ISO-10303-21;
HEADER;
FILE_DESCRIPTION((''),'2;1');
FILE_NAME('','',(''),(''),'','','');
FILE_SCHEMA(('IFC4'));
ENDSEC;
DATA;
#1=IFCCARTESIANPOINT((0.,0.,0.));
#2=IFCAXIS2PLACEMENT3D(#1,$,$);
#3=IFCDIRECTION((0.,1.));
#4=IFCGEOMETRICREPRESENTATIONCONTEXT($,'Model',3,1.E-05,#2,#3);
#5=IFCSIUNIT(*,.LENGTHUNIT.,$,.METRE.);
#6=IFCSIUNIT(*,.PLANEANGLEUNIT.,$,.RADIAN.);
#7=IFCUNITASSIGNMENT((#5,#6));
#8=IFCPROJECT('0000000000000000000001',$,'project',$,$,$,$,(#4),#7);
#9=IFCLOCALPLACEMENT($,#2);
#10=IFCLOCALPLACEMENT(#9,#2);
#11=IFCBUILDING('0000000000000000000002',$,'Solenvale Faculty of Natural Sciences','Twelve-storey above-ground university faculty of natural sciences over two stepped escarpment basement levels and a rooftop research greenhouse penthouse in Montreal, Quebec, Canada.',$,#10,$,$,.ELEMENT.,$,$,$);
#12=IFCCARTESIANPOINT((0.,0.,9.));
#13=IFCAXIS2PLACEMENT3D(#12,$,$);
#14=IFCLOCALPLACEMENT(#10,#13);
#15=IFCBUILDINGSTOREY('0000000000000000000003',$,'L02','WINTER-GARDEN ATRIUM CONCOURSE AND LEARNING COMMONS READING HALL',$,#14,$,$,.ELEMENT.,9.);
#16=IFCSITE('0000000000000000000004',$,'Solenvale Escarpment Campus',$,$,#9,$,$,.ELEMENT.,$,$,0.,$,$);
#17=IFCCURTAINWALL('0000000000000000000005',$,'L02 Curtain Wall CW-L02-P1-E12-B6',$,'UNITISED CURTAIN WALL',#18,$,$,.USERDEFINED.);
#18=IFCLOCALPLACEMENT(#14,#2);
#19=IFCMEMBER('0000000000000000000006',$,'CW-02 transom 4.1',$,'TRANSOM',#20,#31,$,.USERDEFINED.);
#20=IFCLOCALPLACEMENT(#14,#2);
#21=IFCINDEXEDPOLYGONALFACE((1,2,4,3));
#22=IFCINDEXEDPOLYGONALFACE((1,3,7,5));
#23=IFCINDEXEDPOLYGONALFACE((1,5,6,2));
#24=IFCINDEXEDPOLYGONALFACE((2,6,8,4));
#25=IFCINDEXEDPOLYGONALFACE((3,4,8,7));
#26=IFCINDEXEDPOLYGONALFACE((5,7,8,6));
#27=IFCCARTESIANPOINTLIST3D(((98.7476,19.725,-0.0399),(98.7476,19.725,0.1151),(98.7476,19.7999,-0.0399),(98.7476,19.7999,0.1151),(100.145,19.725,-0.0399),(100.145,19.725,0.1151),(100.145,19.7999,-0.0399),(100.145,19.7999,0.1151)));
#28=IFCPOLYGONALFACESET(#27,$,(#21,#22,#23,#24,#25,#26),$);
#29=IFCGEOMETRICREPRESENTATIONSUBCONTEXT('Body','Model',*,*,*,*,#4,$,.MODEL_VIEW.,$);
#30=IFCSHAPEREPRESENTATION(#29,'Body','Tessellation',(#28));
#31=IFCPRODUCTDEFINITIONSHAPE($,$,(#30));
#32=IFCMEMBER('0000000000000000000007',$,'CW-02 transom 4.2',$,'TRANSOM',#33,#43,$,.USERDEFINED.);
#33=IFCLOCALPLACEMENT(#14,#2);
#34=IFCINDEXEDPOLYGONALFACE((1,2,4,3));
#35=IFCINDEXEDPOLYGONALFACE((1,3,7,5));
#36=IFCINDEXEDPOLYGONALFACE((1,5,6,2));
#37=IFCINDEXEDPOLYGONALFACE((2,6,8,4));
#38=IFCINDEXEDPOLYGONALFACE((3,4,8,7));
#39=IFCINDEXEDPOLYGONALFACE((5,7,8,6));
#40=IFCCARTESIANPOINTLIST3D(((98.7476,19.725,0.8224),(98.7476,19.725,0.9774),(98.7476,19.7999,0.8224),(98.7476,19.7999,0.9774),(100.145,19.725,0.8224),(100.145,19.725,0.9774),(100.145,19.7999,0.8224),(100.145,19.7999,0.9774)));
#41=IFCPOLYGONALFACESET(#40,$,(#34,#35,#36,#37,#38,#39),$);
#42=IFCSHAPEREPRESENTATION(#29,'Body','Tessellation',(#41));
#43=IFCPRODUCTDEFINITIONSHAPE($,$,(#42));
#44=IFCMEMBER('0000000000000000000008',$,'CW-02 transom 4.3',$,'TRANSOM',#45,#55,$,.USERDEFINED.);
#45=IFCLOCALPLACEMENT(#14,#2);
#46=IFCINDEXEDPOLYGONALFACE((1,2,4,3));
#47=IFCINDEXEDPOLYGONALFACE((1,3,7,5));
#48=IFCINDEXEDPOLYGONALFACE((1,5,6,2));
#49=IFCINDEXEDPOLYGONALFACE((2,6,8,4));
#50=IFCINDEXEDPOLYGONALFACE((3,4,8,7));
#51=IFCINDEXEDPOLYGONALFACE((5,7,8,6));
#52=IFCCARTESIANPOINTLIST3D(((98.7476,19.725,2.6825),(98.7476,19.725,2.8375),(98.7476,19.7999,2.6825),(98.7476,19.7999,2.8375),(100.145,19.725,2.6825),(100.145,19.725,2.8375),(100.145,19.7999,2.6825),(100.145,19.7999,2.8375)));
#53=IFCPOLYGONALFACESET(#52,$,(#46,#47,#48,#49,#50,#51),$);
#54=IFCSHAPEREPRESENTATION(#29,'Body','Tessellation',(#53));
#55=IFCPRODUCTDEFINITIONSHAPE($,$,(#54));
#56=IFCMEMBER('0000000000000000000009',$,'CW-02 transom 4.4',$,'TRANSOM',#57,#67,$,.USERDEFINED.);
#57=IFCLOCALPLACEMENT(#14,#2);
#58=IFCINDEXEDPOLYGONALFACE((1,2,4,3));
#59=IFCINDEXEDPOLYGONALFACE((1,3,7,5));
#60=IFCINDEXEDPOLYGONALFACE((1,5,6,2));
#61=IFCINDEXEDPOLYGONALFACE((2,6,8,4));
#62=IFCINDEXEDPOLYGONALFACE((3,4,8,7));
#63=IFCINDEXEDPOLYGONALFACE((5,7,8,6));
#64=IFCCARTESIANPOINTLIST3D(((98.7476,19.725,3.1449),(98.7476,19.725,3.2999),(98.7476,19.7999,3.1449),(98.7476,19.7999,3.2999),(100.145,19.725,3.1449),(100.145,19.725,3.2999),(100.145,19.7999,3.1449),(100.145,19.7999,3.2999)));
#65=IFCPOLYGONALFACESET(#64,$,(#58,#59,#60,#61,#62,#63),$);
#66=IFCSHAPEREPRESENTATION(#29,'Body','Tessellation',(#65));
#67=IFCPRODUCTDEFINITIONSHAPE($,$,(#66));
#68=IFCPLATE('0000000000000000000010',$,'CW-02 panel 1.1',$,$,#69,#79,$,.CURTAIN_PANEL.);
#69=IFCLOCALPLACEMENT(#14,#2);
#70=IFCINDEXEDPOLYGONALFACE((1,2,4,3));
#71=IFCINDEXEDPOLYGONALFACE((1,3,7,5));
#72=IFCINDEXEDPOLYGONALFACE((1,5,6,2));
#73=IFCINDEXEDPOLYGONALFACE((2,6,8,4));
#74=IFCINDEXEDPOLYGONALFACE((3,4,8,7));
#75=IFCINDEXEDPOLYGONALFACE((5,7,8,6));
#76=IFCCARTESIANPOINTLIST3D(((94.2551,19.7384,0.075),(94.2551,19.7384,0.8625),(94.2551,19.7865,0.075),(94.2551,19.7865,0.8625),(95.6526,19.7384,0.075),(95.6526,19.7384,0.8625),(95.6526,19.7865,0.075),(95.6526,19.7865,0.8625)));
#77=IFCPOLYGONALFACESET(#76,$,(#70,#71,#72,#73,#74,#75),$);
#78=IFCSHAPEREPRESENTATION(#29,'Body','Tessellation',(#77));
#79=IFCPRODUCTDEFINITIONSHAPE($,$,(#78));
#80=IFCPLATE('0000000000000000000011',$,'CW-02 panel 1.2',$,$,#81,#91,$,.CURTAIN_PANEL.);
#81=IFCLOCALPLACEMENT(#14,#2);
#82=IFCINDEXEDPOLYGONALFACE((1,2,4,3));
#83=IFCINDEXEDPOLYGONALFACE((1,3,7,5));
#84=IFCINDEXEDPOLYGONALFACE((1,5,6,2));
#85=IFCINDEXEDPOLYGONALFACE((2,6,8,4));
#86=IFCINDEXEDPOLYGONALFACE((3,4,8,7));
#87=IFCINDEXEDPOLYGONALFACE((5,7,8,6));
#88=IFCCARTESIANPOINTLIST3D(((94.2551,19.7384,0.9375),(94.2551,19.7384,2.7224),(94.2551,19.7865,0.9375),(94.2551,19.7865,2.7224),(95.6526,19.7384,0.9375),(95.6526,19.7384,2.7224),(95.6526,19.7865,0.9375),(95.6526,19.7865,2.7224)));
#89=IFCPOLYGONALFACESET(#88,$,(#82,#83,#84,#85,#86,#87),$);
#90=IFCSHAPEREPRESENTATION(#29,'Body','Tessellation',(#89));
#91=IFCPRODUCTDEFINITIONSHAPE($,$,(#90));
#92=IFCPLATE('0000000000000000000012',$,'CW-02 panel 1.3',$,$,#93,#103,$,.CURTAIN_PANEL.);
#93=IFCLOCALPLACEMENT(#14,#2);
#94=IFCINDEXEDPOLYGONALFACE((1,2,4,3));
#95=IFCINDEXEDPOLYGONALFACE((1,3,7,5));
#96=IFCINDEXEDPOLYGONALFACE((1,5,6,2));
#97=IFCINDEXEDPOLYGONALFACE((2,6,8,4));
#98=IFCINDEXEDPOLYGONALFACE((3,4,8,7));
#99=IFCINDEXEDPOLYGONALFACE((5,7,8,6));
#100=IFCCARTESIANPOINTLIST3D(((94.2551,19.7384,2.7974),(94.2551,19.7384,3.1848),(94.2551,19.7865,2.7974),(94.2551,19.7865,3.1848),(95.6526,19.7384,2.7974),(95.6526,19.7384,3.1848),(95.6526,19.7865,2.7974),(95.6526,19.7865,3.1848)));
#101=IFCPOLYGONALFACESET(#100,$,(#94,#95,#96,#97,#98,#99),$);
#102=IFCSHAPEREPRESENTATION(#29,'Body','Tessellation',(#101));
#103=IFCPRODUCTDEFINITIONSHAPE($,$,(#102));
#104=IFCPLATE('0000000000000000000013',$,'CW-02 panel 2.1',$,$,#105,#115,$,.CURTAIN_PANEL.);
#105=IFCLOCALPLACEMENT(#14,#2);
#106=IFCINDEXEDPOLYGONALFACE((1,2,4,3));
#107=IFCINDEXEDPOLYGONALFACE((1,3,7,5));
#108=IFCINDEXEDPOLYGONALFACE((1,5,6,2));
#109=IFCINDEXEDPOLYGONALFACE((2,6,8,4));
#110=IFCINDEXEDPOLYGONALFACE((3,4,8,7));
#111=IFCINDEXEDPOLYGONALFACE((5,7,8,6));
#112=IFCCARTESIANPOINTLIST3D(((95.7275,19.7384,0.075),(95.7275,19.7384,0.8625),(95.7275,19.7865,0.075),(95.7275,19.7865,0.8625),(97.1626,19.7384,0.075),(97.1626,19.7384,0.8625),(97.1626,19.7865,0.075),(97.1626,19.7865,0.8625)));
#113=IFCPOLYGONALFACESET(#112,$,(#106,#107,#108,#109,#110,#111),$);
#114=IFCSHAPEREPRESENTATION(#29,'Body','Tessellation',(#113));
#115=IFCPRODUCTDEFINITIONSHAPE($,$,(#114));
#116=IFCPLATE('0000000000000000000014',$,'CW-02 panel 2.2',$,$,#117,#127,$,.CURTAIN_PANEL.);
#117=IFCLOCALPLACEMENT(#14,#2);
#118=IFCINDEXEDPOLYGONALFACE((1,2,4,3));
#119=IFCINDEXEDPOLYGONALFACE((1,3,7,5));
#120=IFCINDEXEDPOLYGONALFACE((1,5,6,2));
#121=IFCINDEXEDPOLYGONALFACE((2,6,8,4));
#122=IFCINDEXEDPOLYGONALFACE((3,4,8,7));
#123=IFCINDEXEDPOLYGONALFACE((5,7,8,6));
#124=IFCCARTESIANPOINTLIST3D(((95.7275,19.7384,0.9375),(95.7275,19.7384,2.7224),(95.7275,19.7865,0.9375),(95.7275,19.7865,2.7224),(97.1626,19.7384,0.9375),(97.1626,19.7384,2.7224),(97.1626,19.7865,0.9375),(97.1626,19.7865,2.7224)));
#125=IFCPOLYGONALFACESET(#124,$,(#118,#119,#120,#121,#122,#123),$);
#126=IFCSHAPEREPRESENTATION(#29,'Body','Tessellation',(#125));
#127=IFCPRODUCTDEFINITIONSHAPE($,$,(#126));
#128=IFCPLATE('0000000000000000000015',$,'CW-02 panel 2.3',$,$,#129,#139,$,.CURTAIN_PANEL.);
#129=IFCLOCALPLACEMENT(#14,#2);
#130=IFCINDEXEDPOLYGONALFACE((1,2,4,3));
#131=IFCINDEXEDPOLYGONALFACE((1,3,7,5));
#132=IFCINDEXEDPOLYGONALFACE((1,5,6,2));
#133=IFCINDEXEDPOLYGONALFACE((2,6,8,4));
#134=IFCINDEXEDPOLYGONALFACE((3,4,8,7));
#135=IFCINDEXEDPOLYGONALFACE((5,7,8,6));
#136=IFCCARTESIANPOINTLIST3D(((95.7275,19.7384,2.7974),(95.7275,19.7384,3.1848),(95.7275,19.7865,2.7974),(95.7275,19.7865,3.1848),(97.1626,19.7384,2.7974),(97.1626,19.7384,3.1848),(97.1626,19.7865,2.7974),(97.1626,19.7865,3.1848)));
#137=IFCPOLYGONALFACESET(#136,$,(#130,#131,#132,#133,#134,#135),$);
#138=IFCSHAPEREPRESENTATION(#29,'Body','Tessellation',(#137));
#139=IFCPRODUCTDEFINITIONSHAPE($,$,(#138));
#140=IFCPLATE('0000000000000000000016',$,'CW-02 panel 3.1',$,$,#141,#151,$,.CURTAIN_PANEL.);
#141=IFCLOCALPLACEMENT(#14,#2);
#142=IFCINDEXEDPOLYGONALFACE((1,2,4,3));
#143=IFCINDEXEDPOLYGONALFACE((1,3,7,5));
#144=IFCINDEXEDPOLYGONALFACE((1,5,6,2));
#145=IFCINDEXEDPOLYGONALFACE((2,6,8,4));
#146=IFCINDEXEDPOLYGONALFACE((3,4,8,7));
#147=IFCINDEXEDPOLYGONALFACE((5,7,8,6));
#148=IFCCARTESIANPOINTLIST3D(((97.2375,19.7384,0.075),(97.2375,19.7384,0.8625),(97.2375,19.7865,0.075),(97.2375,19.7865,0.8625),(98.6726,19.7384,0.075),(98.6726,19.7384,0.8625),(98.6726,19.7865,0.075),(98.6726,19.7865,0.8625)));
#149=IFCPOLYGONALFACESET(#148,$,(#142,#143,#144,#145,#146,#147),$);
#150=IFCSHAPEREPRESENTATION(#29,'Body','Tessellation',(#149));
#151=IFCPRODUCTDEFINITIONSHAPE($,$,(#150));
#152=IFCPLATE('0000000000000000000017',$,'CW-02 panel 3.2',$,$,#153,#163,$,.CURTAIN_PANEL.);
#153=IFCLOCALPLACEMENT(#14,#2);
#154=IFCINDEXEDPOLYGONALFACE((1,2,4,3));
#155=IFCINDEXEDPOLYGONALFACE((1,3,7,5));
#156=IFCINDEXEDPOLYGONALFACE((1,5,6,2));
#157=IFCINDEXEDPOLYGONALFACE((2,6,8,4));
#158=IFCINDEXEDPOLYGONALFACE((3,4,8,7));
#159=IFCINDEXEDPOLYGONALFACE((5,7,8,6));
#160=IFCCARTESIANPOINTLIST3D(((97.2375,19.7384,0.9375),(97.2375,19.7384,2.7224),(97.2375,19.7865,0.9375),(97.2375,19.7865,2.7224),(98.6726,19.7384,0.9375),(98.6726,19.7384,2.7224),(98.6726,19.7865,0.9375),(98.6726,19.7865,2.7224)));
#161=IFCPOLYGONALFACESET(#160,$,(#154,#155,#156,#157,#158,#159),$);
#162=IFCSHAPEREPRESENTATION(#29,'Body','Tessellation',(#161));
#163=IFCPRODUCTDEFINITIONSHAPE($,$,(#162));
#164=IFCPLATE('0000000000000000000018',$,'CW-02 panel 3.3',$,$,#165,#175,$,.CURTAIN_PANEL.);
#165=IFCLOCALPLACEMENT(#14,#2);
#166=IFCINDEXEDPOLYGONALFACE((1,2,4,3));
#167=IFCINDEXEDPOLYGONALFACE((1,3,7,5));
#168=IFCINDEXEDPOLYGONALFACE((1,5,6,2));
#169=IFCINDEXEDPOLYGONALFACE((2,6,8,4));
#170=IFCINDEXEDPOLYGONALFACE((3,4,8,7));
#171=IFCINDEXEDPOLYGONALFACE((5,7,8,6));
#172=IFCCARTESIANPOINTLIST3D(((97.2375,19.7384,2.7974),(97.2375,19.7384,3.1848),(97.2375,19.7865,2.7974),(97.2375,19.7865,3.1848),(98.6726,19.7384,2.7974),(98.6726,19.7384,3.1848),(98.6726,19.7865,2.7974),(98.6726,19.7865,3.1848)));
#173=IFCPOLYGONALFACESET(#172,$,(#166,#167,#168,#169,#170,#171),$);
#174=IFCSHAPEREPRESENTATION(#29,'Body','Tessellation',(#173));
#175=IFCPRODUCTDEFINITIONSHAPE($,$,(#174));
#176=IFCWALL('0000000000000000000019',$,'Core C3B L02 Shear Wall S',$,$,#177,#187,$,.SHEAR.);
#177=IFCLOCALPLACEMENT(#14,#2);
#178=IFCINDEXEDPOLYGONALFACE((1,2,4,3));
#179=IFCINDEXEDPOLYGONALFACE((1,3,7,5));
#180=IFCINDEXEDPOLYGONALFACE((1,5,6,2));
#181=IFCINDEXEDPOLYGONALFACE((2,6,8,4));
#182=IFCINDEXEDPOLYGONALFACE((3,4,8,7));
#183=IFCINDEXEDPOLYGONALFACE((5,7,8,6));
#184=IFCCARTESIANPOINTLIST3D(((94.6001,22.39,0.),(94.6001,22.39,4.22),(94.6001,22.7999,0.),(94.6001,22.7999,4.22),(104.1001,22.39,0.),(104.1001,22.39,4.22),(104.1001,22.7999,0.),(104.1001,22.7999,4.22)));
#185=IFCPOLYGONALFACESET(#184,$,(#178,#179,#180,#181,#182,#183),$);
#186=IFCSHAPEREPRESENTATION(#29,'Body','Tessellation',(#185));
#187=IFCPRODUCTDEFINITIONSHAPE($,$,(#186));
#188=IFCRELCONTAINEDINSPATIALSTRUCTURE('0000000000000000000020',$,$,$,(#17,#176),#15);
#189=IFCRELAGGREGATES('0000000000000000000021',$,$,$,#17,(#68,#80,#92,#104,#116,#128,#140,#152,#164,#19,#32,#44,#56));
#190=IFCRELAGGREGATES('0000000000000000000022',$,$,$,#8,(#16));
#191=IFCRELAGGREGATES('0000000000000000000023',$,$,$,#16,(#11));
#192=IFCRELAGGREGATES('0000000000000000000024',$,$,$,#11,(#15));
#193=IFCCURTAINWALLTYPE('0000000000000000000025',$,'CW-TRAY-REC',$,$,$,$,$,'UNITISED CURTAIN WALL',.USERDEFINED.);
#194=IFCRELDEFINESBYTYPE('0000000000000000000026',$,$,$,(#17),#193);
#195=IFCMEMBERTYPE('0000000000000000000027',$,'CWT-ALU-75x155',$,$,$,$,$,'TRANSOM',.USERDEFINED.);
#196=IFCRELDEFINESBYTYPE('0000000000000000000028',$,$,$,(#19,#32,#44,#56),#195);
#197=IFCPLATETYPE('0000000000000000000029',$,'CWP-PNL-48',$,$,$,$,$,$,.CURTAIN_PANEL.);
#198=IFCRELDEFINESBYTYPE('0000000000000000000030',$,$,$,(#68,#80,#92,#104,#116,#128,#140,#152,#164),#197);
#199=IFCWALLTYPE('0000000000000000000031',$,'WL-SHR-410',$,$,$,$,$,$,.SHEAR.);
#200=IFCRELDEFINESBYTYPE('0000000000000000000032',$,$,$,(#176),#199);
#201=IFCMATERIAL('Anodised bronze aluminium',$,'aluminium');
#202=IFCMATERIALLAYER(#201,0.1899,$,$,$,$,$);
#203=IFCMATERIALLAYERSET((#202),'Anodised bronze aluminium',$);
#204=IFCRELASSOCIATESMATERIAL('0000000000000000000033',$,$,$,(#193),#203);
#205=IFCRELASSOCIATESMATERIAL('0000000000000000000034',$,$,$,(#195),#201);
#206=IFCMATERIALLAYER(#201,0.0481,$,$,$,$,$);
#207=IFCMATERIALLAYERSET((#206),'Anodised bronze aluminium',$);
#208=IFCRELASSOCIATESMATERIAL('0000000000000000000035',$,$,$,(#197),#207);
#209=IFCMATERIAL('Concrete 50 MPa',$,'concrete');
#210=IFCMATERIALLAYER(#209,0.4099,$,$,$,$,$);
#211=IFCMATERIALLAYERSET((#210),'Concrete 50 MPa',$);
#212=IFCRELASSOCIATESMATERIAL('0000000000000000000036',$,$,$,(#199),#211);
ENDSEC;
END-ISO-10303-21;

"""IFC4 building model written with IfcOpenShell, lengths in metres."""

from ifc_helpers import new_model, si_unit, direction, frame, frame_2d, origin, origin_2d, place, context, subcontext, project, spatial, rectangle, extrude, material, layer, layer_set, material_profile, profile_set, type_object, element, aggregate, save


model = new_model("IFC4")

# Units and contexts
model_context = context("Model", 3, precision=1e-05, world=origin(), true_north=direction((0.0, 1.0)))
body_context = subcontext(model_context, "Body", "Model", "MODEL_VIEW")
ifc_project = project(units=[si_unit("LENGTHUNIT", "METRE"), si_unit("PLANEANGLEUNIT", "RADIAN")], contexts=[model_context])

# Site, building, storey
site_placement = place(None, origin())
site = spatial("IfcSite", under=ifc_project, at=site_placement, Name="Solenvale Escarpment Campus", CompositionType="ELEMENT", RefElevation=0.0)
building_placement = place(site_placement, origin())
building = spatial("IfcBuilding", under=site, at=building_placement, Name="Solenvale Faculty of Natural Sciences", Description="Twelve-storey above-ground university faculty of natural sciences over two stepped escarpment basement levels and a rooftop research greenhouse penthouse in Montreal, Quebec, Canada.", CompositionType="ELEMENT")
storey_placement = place(building_placement, frame((0.0, 0.0, 9.0)))
storey = spatial("IfcBuildingStorey", under=building, at=storey_placement, Name="L02", Description="WINTER-GARDEN ATRIUM CONCOURSE AND LEARNING COMMONS READING HALL", CompositionType="ELEMENT", Elevation=9.0)

# Curtain wall, members, plates
ifc_material_1 = material(Name="Anodised bronze aluminium", Category="aluminium")
ifc_layer_1 = layer(ifc_material_1, 0.1899)
ifc_layer_set_1 = layer_set([ifc_layer_1], Name="Anodised bronze aluminium")
curtain_wall_type = type_object("IfcCurtainWallType", Name="CW-TRAY-REC", ElementType="UNITISED CURTAIN WALL", PredefinedType="USERDEFINED", material=ifc_layer_set_1)
curtain_wall_placement = place(storey_placement, origin())
curtain_wall = element("IfcCurtainWall", 1, at=curtain_wall_placement, inside=storey, type_object=curtain_wall_type, Name="L02 Curtain Wall CW-L02-P1-E12-B6", ObjectType="UNITISED CURTAIN WALL", PredefinedType="USERDEFINED")
ifc_material_profile_1 = material_profile(ifc_material_1, rectangle(XDim=0.075, YDim=0.155, at=origin_2d()), Name="ALU-TRN-75x155")
ifc_profile_set_1 = profile_set([ifc_material_profile_1], Name="Anodised bronze aluminium")
member_type_1 = type_object("IfcMemberType", Name="CWT-ALU-75x155", ElementType="TRANSOM", PredefinedType="USERDEFINED", material=ifc_profile_set_1)
member_1_placement = place(storey_placement, frame((98.7476, 19.7625, 0.0376), z_axis=(1.0, 0.0, 0.0), x_axis=(0.0, 1.0, 0.0)))
member_1 = element("IfcMember", 2, at=member_1_placement, type_object=member_type_1, Name="CW-02 transom 4.1", ObjectType="TRANSOM", PredefinedType="USERDEFINED", context=body_context, shape_type="SweptSolid", body=[
    extrude(rectangle(XDim=0.075, YDim=0.155, at=origin_2d()), origin(), (0.0, 0.0, 1.0), 1.3975),
])
member_2_placement = place(storey_placement, frame((98.7476, 19.7625, 0.8999), z_axis=(1.0, 0.0, 0.0), x_axis=(0.0, 1.0, 0.0)))
member_2 = element("IfcMember", 3, at=member_2_placement, type_object=member_type_1, Name="CW-02 transom 4.2", ObjectType="TRANSOM", PredefinedType="USERDEFINED", context=body_context, shape_type="SweptSolid", body=[
    extrude(rectangle(XDim=0.075, YDim=0.155, at=origin_2d()), origin(), (0.0, 0.0, 1.0), 1.3975),
])
member_3_placement = place(storey_placement, frame((98.7476, 19.7625, 2.76), z_axis=(1.0, 0.0, 0.0), x_axis=(0.0, 1.0, 0.0)))
member_3 = element("IfcMember", 4, at=member_3_placement, type_object=member_type_1, Name="CW-02 transom 4.3", ObjectType="TRANSOM", PredefinedType="USERDEFINED", context=body_context, shape_type="SweptSolid", body=[
    extrude(rectangle(XDim=0.075, YDim=0.155, at=origin_2d()), origin(), (0.0, 0.0, 1.0), 1.3975),
])
member_4_placement = place(storey_placement, frame((98.7476, 19.7625, 3.2224), z_axis=(1.0, 0.0, 0.0), x_axis=(0.0, 1.0, 0.0)))
member_4 = element("IfcMember", 5, at=member_4_placement, type_object=member_type_1, Name="CW-02 transom 4.4", ObjectType="TRANSOM", PredefinedType="USERDEFINED", context=body_context, shape_type="SweptSolid", body=[
    extrude(rectangle(XDim=0.075, YDim=0.155, at=origin_2d()), origin(), (0.0, 0.0, 1.0), 1.3975),
])
ifc_layer_2 = layer(ifc_material_1, 0.0481)
ifc_layer_set_2 = layer_set([ifc_layer_2], Name="Anodised bronze aluminium")
plate_type = type_object("IfcPlateType", Name="CWP-PNL-48", PredefinedType="CURTAIN_PANEL", material=ifc_layer_set_2)
plate_1_placement = place(storey_placement, frame((94.9539, 19.7625, 0.075), z_axis=(0.0, 0.0, 1.0), x_axis=(1.0, 0.0, 0.0)))
plate_1 = element("IfcPlate", 6, at=plate_1_placement, type_object=plate_type, Name="CW-02 panel 1.1", PredefinedType="CURTAIN_PANEL", context=body_context, shape_type="SweptSolid", body=[
    extrude(rectangle(XDim=1.3975, YDim=0.0481, at=origin_2d()), origin(), (0.0, 0.0, 1.0), 0.7876),
])
plate_2_placement = place(storey_placement, frame((94.9539, 19.7625, 0.9375), z_axis=(0.0, 0.0, 1.0), x_axis=(1.0, 0.0, 0.0)))
plate_2 = element("IfcPlate", 7, at=plate_2_placement, type_object=plate_type, Name="CW-02 panel 1.2", PredefinedType="CURTAIN_PANEL", context=body_context, shape_type="SweptSolid", body=[
    extrude(rectangle(XDim=1.3975, YDim=0.0481, at=origin_2d()), origin(), (0.0, 0.0, 1.0), 1.7849),
])
plate_3_placement = place(storey_placement, frame((94.9539, 19.7625, 2.7974), z_axis=(0.0, 0.0, 1.0), x_axis=(1.0, 0.0, 0.0)))
plate_3 = element("IfcPlate", 8, at=plate_3_placement, type_object=plate_type, Name="CW-02 panel 1.3", PredefinedType="CURTAIN_PANEL", context=body_context, shape_type="SweptSolid", body=[
    extrude(rectangle(XDim=1.3975, YDim=0.0481, at=origin_2d()), origin(), (0.0, 0.0, 1.0), 0.3875),
])
plate_4_placement = place(storey_placement, frame((96.4451, 19.7625, 0.075), z_axis=(0.0, 0.0, 1.0), x_axis=(1.0, 0.0, 0.0)))
plate_4 = element("IfcPlate", 9, at=plate_4_placement, type_object=plate_type, Name="CW-02 panel 2.1", PredefinedType="CURTAIN_PANEL", context=body_context, shape_type="SweptSolid", body=[
    extrude(rectangle(XDim=1.4351, YDim=0.0481, at=origin_2d()), origin(), (0.0, 0.0, 1.0), 0.7876),
])
plate_5_placement = place(storey_placement, frame((96.4451, 19.7625, 0.9375), z_axis=(0.0, 0.0, 1.0), x_axis=(1.0, 0.0, 0.0)))
plate_5 = element("IfcPlate", 10, at=plate_5_placement, type_object=plate_type, Name="CW-02 panel 2.2", PredefinedType="CURTAIN_PANEL", context=body_context, shape_type="SweptSolid", body=[
    extrude(rectangle(XDim=1.4351, YDim=0.0481, at=origin_2d()), origin(), (0.0, 0.0, 1.0), 1.7849),
])
plate_6_placement = place(storey_placement, frame((96.4451, 19.7625, 2.7974), z_axis=(0.0, 0.0, 1.0), x_axis=(1.0, 0.0, 0.0)))
plate_6 = element("IfcPlate", 11, at=plate_6_placement, type_object=plate_type, Name="CW-02 panel 2.3", PredefinedType="CURTAIN_PANEL", context=body_context, shape_type="SweptSolid", body=[
    extrude(rectangle(XDim=1.4351, YDim=0.0481, at=origin_2d()), origin(), (0.0, 0.0, 1.0), 0.3875),
])
plate_7_placement = place(storey_placement, frame((97.9551, 19.7625, 0.075), z_axis=(0.0, 0.0, 1.0), x_axis=(1.0, 0.0, 0.0)))
plate_7 = element("IfcPlate", 12, at=plate_7_placement, type_object=plate_type, Name="CW-02 panel 3.1", PredefinedType="CURTAIN_PANEL", context=body_context, shape_type="SweptSolid", body=[
    extrude(rectangle(XDim=1.4351, YDim=0.0481, at=origin_2d()), origin(), (0.0, 0.0, 1.0), 0.7876),
])
plate_8_placement = place(storey_placement, frame((97.9551, 19.7625, 0.9375), z_axis=(0.0, 0.0, 1.0), x_axis=(1.0, 0.0, 0.0)))
plate_8 = element("IfcPlate", 13, at=plate_8_placement, type_object=plate_type, Name="CW-02 panel 3.2", PredefinedType="CURTAIN_PANEL", context=body_context, shape_type="SweptSolid", body=[
    extrude(rectangle(XDim=1.4351, YDim=0.0481, at=origin_2d()), origin(), (0.0, 0.0, 1.0), 1.7849),
])
plate_9_placement = place(storey_placement, frame((97.9551, 19.7625, 2.7974), z_axis=(0.0, 0.0, 1.0), x_axis=(1.0, 0.0, 0.0)))
plate_9 = element("IfcPlate", 14, at=plate_9_placement, type_object=plate_type, Name="CW-02 panel 3.3", PredefinedType="CURTAIN_PANEL", context=body_context, shape_type="SweptSolid", body=[
    extrude(rectangle(XDim=1.4351, YDim=0.0481, at=origin_2d()), origin(), (0.0, 0.0, 1.0), 0.3875),
])
aggregate(curtain_wall, [plate_1, plate_2, plate_3, plate_4, plate_5, plate_6, plate_7, plate_8, plate_9, member_1, member_2, member_3, member_4])

# Wall
ifc_material_2 = material(Name="Concrete 50 MPa", Category="concrete")
ifc_layer_3 = layer(ifc_material_2, 0.4099)
ifc_layer_set_3 = layer_set([ifc_layer_3], Name="Concrete 50 MPa")
wall_type = type_object("IfcWallType", Name="WL-SHR-410", PredefinedType="SHEAR", material=ifc_layer_set_3)
wall_1_placement = place(storey_placement, frame((94.6001, 22.595, 0.0), z_axis=(0.0, 0.0, 1.0), x_axis=(1.0, 0.0, 0.0)))
element("IfcWall", 15, at=wall_1_placement, inside=storey, type_object=wall_type, Name="Core C3B L02 Shear Wall S", PredefinedType="SHEAR", context=body_context, shape_type="SweptSolid", body=[
    extrude(rectangle(XDim=9.5, YDim=0.4099, at=frame_2d((4.75, 0.0))), origin(), (0.0, 0.0, 1.0), 4.22),
])

save(model, "model.ifc")
